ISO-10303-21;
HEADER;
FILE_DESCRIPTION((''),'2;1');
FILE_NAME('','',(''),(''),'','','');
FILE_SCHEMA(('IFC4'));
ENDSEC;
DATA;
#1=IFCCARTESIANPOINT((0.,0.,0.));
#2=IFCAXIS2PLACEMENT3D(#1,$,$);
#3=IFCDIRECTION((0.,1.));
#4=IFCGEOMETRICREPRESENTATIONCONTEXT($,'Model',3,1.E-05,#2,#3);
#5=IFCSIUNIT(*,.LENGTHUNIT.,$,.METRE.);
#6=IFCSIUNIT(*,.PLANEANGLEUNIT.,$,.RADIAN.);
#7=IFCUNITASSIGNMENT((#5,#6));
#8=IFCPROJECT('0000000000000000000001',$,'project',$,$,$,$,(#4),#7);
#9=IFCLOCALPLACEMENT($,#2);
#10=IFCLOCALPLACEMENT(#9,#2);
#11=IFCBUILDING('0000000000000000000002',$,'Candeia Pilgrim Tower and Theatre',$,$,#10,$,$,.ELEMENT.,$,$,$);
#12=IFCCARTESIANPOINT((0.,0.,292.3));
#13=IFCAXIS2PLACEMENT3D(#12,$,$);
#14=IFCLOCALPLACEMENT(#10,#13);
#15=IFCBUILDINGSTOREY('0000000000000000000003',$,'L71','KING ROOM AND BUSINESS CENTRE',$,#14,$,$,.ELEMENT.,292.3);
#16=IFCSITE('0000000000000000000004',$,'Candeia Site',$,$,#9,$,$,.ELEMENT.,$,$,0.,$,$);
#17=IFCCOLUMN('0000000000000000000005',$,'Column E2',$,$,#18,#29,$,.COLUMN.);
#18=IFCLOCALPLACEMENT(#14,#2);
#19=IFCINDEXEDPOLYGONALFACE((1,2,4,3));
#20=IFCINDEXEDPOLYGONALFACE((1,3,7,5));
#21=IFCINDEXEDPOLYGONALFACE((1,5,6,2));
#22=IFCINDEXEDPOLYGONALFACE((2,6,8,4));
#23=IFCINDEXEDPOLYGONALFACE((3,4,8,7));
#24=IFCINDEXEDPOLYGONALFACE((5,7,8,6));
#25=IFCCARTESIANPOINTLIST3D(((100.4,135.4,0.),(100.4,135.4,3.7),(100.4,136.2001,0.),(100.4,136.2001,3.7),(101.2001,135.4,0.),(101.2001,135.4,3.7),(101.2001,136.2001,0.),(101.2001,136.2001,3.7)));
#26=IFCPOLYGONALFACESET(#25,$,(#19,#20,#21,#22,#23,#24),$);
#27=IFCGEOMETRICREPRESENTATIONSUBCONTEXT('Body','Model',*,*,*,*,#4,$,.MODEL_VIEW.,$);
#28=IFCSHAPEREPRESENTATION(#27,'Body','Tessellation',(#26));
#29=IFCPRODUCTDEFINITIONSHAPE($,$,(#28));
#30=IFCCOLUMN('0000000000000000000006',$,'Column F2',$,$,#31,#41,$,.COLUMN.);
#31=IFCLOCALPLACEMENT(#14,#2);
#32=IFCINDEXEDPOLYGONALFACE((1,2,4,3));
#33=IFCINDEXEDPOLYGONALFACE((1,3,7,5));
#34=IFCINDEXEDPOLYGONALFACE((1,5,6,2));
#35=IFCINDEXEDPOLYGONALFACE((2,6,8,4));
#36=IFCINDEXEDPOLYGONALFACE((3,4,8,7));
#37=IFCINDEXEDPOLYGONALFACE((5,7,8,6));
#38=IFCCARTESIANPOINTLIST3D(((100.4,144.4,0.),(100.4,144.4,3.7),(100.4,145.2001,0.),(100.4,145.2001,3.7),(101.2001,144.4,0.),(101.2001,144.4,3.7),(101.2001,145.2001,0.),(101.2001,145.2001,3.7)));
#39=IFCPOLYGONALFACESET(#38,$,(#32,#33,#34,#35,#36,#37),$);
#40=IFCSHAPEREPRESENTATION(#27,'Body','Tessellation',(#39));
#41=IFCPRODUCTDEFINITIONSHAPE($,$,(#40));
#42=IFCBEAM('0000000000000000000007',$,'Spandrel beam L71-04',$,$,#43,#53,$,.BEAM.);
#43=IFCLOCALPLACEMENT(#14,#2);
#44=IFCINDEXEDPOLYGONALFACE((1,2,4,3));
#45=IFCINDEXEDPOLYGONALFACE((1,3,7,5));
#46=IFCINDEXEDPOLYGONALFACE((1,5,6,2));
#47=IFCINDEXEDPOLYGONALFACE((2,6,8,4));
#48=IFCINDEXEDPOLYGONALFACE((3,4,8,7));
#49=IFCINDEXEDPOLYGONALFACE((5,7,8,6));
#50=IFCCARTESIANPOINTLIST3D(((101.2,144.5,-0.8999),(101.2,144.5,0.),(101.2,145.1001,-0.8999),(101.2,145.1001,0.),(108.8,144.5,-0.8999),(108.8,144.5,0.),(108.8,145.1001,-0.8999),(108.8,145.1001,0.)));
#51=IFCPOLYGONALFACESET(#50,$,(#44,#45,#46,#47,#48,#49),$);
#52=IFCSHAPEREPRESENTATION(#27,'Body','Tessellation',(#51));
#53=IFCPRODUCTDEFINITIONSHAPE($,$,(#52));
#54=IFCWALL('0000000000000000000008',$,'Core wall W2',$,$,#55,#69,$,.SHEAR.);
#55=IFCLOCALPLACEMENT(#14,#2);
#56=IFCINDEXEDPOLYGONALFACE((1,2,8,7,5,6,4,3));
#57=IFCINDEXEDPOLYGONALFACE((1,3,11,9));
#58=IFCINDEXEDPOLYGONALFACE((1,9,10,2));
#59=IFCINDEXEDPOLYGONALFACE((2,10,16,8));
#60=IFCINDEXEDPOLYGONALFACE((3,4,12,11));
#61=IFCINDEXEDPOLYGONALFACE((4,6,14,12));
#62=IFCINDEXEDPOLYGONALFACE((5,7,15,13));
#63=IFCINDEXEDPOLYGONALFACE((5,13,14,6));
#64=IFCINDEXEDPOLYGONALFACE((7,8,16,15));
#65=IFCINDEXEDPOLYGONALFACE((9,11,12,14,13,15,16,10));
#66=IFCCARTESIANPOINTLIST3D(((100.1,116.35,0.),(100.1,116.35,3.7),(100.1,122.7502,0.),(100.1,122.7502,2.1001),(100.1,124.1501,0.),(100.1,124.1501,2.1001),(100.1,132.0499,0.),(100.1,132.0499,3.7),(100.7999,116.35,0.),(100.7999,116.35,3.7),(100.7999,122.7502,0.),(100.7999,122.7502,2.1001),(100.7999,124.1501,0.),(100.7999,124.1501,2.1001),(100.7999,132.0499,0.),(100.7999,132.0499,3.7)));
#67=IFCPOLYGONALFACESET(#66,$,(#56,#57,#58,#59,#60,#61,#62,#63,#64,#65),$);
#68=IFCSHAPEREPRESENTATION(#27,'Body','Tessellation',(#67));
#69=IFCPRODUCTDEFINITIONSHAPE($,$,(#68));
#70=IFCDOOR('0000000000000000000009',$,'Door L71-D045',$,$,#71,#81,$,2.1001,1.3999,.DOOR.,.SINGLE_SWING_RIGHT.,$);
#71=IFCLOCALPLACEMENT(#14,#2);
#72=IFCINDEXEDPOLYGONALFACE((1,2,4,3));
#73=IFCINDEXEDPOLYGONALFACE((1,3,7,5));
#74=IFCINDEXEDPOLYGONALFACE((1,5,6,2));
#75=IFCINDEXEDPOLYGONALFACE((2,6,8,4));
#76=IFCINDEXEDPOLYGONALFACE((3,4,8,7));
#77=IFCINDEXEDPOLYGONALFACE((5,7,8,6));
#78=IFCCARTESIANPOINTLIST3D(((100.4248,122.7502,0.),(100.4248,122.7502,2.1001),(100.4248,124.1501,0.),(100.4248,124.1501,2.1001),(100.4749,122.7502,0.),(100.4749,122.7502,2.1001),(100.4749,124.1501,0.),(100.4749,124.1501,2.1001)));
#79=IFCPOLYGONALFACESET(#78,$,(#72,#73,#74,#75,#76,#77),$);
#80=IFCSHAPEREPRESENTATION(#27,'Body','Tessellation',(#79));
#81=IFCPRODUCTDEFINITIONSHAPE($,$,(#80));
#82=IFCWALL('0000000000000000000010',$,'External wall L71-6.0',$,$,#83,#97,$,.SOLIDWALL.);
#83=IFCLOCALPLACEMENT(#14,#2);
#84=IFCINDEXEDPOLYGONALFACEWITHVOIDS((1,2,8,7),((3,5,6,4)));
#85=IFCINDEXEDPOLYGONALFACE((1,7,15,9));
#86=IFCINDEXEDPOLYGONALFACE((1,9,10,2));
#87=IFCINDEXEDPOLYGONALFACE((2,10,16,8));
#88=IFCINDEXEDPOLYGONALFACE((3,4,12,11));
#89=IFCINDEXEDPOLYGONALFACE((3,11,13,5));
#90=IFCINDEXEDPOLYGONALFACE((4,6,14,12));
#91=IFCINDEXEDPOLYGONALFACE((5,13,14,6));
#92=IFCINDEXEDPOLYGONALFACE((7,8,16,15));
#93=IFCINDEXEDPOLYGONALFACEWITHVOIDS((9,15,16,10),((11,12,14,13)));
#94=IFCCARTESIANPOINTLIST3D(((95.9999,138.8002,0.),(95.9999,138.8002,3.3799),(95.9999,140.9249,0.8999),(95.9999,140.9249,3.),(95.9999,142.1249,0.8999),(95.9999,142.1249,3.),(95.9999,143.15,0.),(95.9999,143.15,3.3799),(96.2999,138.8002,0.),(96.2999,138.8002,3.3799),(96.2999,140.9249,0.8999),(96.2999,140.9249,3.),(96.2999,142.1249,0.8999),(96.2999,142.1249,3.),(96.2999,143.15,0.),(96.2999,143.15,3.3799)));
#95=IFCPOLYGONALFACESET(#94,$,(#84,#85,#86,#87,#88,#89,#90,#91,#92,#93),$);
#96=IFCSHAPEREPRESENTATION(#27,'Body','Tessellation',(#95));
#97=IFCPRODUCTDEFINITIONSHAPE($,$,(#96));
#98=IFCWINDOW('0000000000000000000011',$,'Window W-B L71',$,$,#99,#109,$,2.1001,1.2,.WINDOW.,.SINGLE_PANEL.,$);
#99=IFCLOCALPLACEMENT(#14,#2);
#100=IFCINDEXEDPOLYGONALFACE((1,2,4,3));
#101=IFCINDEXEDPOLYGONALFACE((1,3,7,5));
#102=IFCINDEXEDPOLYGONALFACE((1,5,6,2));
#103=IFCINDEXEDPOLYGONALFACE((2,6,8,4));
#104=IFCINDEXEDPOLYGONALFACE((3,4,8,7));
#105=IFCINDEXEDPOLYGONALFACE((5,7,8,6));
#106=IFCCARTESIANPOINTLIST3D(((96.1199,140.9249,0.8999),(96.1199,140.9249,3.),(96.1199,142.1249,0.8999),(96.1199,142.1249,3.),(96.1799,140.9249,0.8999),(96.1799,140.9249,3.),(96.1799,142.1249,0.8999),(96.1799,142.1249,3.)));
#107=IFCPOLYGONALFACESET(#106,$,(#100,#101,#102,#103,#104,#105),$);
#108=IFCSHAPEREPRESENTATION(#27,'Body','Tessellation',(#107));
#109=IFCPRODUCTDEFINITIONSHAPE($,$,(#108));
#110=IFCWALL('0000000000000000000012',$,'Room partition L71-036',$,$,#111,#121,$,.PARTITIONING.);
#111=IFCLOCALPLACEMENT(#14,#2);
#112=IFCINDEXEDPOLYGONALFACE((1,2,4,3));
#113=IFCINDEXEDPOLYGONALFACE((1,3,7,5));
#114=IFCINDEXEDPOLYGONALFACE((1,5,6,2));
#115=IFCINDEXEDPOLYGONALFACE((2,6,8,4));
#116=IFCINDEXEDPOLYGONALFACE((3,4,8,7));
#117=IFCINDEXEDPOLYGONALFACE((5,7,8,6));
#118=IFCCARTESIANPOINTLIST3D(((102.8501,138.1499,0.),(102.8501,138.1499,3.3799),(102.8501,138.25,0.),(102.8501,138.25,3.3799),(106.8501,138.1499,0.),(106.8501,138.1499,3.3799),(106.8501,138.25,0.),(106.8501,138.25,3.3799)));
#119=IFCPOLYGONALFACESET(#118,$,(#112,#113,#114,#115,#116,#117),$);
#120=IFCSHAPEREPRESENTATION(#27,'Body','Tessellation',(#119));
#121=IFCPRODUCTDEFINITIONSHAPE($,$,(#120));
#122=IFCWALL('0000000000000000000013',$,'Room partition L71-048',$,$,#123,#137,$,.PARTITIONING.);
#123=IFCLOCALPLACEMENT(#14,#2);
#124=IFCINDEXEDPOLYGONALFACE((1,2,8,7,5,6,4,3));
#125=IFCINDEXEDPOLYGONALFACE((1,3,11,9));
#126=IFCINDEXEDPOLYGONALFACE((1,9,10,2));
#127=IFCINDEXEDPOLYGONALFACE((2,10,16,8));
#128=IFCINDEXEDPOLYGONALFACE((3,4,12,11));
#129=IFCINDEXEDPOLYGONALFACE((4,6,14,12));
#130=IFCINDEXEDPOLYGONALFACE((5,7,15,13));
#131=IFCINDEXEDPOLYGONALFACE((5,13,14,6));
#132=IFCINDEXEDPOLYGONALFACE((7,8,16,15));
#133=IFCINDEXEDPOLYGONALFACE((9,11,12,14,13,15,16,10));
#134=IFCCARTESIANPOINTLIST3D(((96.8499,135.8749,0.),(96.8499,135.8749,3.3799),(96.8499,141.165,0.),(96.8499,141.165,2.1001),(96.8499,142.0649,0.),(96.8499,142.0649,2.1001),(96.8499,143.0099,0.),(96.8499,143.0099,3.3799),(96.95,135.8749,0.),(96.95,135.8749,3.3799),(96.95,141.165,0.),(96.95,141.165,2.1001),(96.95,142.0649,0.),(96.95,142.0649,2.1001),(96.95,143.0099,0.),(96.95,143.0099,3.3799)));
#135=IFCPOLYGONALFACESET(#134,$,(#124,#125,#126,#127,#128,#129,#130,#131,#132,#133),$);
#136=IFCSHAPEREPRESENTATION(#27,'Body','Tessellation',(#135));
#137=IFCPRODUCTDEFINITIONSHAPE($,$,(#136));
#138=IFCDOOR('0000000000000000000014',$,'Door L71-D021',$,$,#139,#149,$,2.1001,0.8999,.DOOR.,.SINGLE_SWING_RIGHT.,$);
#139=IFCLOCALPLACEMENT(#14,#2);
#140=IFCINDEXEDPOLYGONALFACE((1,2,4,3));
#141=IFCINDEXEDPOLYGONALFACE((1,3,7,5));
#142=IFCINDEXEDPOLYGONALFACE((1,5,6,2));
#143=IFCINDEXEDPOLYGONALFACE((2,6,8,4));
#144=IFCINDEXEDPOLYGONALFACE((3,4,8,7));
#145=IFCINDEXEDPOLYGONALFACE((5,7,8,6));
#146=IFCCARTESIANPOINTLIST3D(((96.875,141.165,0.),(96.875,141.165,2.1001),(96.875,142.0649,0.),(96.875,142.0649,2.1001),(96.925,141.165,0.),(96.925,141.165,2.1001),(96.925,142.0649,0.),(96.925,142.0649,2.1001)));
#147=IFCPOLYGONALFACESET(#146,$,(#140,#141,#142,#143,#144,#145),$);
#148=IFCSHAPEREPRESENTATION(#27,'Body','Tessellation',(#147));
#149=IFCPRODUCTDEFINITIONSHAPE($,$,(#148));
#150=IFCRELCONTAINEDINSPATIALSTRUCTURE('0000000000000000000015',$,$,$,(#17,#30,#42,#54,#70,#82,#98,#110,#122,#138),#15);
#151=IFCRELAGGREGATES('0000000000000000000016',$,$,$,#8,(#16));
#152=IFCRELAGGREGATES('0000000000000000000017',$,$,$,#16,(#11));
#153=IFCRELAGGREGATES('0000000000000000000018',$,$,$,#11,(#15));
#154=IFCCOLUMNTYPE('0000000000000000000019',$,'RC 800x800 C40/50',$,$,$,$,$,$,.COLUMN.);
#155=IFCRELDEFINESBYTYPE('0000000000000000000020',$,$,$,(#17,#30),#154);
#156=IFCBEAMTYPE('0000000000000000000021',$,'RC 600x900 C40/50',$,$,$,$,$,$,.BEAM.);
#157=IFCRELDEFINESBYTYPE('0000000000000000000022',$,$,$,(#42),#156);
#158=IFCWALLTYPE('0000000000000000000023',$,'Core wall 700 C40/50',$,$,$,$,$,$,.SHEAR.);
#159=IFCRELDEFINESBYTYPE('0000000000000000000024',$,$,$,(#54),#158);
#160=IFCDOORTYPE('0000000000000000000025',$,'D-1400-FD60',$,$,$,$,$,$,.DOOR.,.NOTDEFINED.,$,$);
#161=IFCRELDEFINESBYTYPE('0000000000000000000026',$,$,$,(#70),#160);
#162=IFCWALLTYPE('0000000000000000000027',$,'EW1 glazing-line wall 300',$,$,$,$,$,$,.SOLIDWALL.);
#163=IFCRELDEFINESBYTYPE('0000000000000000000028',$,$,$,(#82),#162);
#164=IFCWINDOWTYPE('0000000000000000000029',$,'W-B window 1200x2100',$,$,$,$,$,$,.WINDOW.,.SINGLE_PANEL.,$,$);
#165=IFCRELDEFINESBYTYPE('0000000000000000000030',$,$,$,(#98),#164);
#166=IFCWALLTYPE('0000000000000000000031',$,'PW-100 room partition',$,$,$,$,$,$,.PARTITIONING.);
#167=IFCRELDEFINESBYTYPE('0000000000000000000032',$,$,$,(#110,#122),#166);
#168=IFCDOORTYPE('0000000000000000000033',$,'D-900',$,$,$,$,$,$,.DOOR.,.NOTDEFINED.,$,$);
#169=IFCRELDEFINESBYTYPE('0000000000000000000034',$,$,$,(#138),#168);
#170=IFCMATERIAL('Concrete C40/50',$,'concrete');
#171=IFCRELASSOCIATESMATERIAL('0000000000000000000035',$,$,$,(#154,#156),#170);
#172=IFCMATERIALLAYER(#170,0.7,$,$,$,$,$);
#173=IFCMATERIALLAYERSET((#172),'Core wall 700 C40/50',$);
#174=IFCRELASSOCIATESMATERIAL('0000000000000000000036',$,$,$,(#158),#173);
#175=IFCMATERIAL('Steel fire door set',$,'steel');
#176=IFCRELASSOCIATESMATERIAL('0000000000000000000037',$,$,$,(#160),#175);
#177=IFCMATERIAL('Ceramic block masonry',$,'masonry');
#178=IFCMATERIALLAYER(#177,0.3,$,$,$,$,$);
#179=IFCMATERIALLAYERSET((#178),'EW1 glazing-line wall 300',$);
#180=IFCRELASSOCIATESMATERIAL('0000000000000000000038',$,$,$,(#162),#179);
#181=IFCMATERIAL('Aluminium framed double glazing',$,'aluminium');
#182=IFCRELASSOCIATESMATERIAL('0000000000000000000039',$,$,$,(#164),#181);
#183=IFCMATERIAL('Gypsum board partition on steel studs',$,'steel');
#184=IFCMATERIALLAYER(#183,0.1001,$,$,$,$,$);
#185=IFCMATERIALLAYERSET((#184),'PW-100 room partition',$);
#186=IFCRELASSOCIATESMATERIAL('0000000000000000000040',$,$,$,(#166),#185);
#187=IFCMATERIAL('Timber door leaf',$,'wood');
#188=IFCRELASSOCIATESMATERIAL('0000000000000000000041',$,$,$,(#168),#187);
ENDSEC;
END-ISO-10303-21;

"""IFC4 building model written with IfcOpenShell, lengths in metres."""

from ifc_helpers import new_model, si_unit, direction, frame, frame_2d, origin, origin_2d, place, context, subcontext, project, spatial, rectangle, extrude, material, layer, layer_set, material_profile, profile_set, type_object, element, fill, save


model = new_model("IFC4")

# Units and contexts
model_context = context("Model", 3, precision=1e-05, world=origin(), true_north=direction((0.0, 1.0)))
body_context = subcontext(model_context, "Body", "Model", "MODEL_VIEW")
ifc_project = project(units=[si_unit("LENGTHUNIT", "METRE"), si_unit("PLANEANGLEUNIT", "RADIAN")], contexts=[model_context])

# Site, building, storey
site_placement = place(None, origin())
site = spatial("IfcSite", under=ifc_project, at=site_placement, Name="Candeia Site", CompositionType="ELEMENT", RefElevation=0.0)
building_placement = place(site_placement, origin())
building = spatial("IfcBuilding", under=site, at=building_placement, Name="Candeia Pilgrim Tower and Theatre", CompositionType="ELEMENT")
storey_placement = place(building_placement, frame((0.0, 0.0, 292.3)))
storey = spatial("IfcBuildingStorey", under=building, at=storey_placement, Name="L71", Description="KING ROOM AND BUSINESS CENTRE", CompositionType="ELEMENT", Elevation=292.3)

# Columns
ifc_material_1 = material(Name="Concrete C40/50", Category="concrete")
ifc_material_profile_1 = material_profile(ifc_material_1, rectangle(XDim=0.8, YDim=0.8, at=origin_2d()))
ifc_profile_set_1 = profile_set([ifc_material_profile_1], Name="Concrete C40/50")
column_type = type_object("IfcColumnType", Name="RC 800x800 C40/50", PredefinedType="COLUMN", material=ifc_profile_set_1)
for number, where, z_axis, x_axis, name in (
    (1, (100.8, 135.8, 0.0), (0.0, 0.0, 1.0), (1.0, 0.0, 0.0), "Column E2"),
    (2, (100.8, 144.8, 0.0), (0.0, 0.0, 1.0), (1.0, 0.0, 0.0), "Column F2"),
):
    element("IfcColumn", number, at=place(storey_placement, frame(where, z_axis=z_axis, x_axis=x_axis)), inside=storey, type_object=column_type, Name=name, PredefinedType="COLUMN", context=body_context, shape_type="SweptSolid", body=[
        extrude(rectangle(XDim=0.8, YDim=0.8, at=origin_2d()), origin(), (0.0, 0.0, 1.0), 3.7),
    ])

# Beam
ifc_material_profile_2 = material_profile(ifc_material_1, rectangle(XDim=0.6001, YDim=0.8999, at=origin_2d()))
ifc_profile_set_2 = profile_set([ifc_material_profile_2], Name="Concrete C40/50")
beam_type = type_object("IfcBeamType", Name="RC 600x900 C40/50", PredefinedType="BEAM", material=ifc_profile_set_2)
beam_placement = place(storey_placement, frame((101.2, 144.8, -0.45), z_axis=(1.0, 0.0, 0.0), x_axis=(0.0, 1.0, 0.0)))
element("IfcBeam", 3, at=beam_placement, inside=storey, type_object=beam_type, Name="Spandrel beam L71-04", PredefinedType="BEAM", context=body_context, shape_type="SweptSolid", body=[
    extrude(rectangle(XDim=0.6001, YDim=0.8999, at=origin_2d()), origin(), (0.0, 0.0, 1.0), 7.6001),
])

# Wall, opening, door
ifc_layer_1 = layer(ifc_material_1, 0.7)
ifc_layer_set_1 = layer_set([ifc_layer_1], Name="Core wall 700 C40/50")
wall_type_1 = type_object("IfcWallType", Name="Core wall 700 C40/50", PredefinedType="SHEAR", material=ifc_layer_set_1)
wall_1_placement = place(storey_placement, frame((100.45, 132.05, 0.0), z_axis=(0.0, 0.0, 1.0), x_axis=(0.0, -1.0, 0.0)))
wall_1 = element("IfcWall", 4, at=wall_1_placement, inside=storey, type_object=wall_type_1, Name="Core wall W2", PredefinedType="SHEAR", context=body_context, shape_type="SweptSolid", body=[
    extrude(rectangle(XDim=15.7, YDim=0.7, at=frame_2d((7.8501, 0.0))), origin(), (0.0, 0.0, 1.0), 3.7),
])
opening_1_placement = place(wall_1_placement, frame((7.8999, 0.0, 0.0)))
opening_1 = element("IfcOpeningElement", 5, at=opening_1_placement, cuts=wall_1, PredefinedType="OPENING", context=body_context, shape_type="SweptSolid", body=[
    extrude(rectangle(XDim=1.3999, YDim=2.1001, at=frame_2d((0.7, 1.05))), frame((0.0, 0.3599, 0.0), z_axis=(0.0, -1.0, 0.0), x_axis=(1.0, 0.0, 0.0)), (0.0, 0.0, 1.0), 0.72),
])
ifc_material_2 = material(Name="Steel fire door set", Category="steel")
door_type_1 = type_object("IfcDoorType", Name="D-1400-FD60", OperationType="NOTDEFINED", PredefinedType="DOOR", material=ifc_material_2)
door_1_placement = place(opening_1_placement, origin())
door_1 = element("IfcDoor", 6, at=door_1_placement, inside=storey, type_object=door_type_1, Name="Door L71-D045", OperationType="SINGLE_SWING_RIGHT", OverallHeight=2.1001, OverallWidth=1.3999, PredefinedType="DOOR", context=body_context, shape_type="SweptSolid", body=[
    extrude(rectangle(XDim=1.3999, YDim=2.1001, at=frame_2d((0.7, 1.05))), frame((0.0, 0.0249, 0.0), z_axis=(0.0, -1.0, 0.0), x_axis=(1.0, 0.0, 0.0)), (0.0, 0.0, 1.0), 0.05),
])
fill(opening_1, door_1)

# Wall, opening, window
ifc_material_3 = material(Name="Ceramic block masonry", Category="masonry")
ifc_layer_2 = layer(ifc_material_3, 0.3)
ifc_layer_set_2 = layer_set([ifc_layer_2], Name="EW1 glazing-line wall 300")
wall_type_2 = type_object("IfcWallType", Name="EW1 glazing-line wall 300", PredefinedType="SOLIDWALL", material=ifc_layer_set_2)
wall_2_placement = place(storey_placement, frame((96.1499, 143.1499, 0.0), z_axis=(0.0, 0.0, 1.0), x_axis=(0.0, -1.0, 0.0)))
wall_2 = element("IfcWall", 7, at=wall_2_placement, inside=storey, type_object=wall_type_2, Name="External wall L71-6.0", PredefinedType="SOLIDWALL", context=body_context, shape_type="SweptSolid", body=[
    extrude(rectangle(XDim=4.3499, YDim=0.3, at=frame_2d((2.1748, 0.0))), origin(), (0.0, 0.0, 1.0), 3.3799),
])
opening_2_placement = place(wall_2_placement, frame((1.0249, 0.0, 0.8999)))
opening_2 = element("IfcOpeningElement", 8, at=opening_2_placement, cuts=wall_2, PredefinedType="OPENING", context=body_context, shape_type="SweptSolid", body=[
    extrude(rectangle(XDim=1.2, YDim=2.1001, at=frame_2d((0.6001, 1.05))), frame((0.0, 0.1602, 0.0), z_axis=(0.0, -1.0, 0.0), x_axis=(1.0, 0.0, 0.0)), (0.0, 0.0, 1.0), 0.3201),
])
ifc_material_4 = material(Name="Aluminium framed double glazing", Category="aluminium")
window_type = type_object("IfcWindowType", Name="W-B window 1200x2100", PartitioningType="SINGLE_PANEL", PredefinedType="WINDOW", material=ifc_material_4)
window_placement = place(opening_2_placement, origin())
window = element("IfcWindow", 9, at=window_placement, inside=storey, type_object=window_type, Name="Window W-B L71", OverallHeight=2.1001, OverallWidth=1.2, PartitioningType="SINGLE_PANEL", PredefinedType="WINDOW", context=body_context, shape_type="SweptSolid", body=[
    extrude(rectangle(XDim=1.2, YDim=2.1001, at=frame_2d((0.6001, 1.05))), frame((0.0, 0.03, 0.0), z_axis=(0.0, -1.0, 0.0), x_axis=(1.0, 0.0, 0.0)), (0.0, 0.0, 1.0), 0.0601),
])
fill(opening_2, window)

# Wall
ifc_material_5 = material(Name="Gypsum board partition on steel studs", Category="steel")
ifc_layer_3 = layer(ifc_material_5, 0.1001)
ifc_layer_set_3 = layer_set([ifc_layer_3], Name="PW-100 room partition")
wall_type_3 = type_object("IfcWallType", Name="PW-100 room partition", PredefinedType="PARTITIONING", material=ifc_layer_set_3)
wall_3_placement = place(storey_placement, frame((102.8501, 138.2, 0.0), z_axis=(0.0, 0.0, 1.0), x_axis=(1.0, 0.0, 0.0)))
element("IfcWall", 10, at=wall_3_placement, inside=storey, type_object=wall_type_3, Name="Room partition L71-036", PredefinedType="PARTITIONING", context=body_context, shape_type="SweptSolid", body=[
    extrude(rectangle(XDim=4.0, YDim=0.1001, at=frame_2d((2.0, 0.0))), origin(), (0.0, 0.0, 1.0), 3.3799),
])

# Wall, opening, door
wall_4_placement = place(storey_placement, frame((96.8999, 135.875, 0.0), z_axis=(0.0, 0.0, 1.0), x_axis=(0.0, 1.0, 0.0)))
wall_4 = element("IfcWall", 11, at=wall_4_placement, inside=storey, type_object=wall_type_3, Name="Room partition L71-048", PredefinedType="PARTITIONING", context=body_context, shape_type="SweptSolid", body=[
    extrude(rectangle(XDim=7.135, YDim=0.1001, at=frame_2d((3.5674, 0.0))), origin(), (0.0, 0.0, 1.0), 3.3799),
])
opening_3_placement = place(wall_4_placement, frame((5.29, 0.0, 0.0)))
opening_3 = element("IfcOpeningElement", 12, at=opening_3_placement, cuts=wall_4, PredefinedType="OPENING", context=body_context, shape_type="SweptSolid", body=[
    extrude(rectangle(XDim=0.8999, YDim=2.1001, at=frame_2d((0.45, 1.05))), frame((0.0, 0.0601, 0.0), z_axis=(0.0, -1.0, 0.0), x_axis=(1.0, 0.0, 0.0)), (0.0, 0.0, 1.0), 0.1201),
])
ifc_material_6 = material(Name="Timber door leaf", Category="wood")
door_type_2 = type_object("IfcDoorType", Name="D-900", OperationType="NOTDEFINED", PredefinedType="DOOR", material=ifc_material_6)
door_2_placement = place(opening_3_placement, origin())
door_2 = element("IfcDoor", 13, at=door_2_placement, inside=storey, type_object=door_type_2, Name="Door L71-D021", OperationType="SINGLE_SWING_RIGHT", OverallHeight=2.1001, OverallWidth=0.8999, PredefinedType="DOOR", context=body_context, shape_type="SweptSolid", body=[
    extrude(rectangle(XDim=0.8999, YDim=2.1001, at=frame_2d((0.45, 1.05))), frame((0.0, 0.0249, 0.0), z_axis=(0.0, -1.0, 0.0), x_axis=(1.0, 0.0, 0.0)), (0.0, 0.0, 1.0), 0.05),
])
fill(opening_3, door_2)

save(model, "model.ifc")
